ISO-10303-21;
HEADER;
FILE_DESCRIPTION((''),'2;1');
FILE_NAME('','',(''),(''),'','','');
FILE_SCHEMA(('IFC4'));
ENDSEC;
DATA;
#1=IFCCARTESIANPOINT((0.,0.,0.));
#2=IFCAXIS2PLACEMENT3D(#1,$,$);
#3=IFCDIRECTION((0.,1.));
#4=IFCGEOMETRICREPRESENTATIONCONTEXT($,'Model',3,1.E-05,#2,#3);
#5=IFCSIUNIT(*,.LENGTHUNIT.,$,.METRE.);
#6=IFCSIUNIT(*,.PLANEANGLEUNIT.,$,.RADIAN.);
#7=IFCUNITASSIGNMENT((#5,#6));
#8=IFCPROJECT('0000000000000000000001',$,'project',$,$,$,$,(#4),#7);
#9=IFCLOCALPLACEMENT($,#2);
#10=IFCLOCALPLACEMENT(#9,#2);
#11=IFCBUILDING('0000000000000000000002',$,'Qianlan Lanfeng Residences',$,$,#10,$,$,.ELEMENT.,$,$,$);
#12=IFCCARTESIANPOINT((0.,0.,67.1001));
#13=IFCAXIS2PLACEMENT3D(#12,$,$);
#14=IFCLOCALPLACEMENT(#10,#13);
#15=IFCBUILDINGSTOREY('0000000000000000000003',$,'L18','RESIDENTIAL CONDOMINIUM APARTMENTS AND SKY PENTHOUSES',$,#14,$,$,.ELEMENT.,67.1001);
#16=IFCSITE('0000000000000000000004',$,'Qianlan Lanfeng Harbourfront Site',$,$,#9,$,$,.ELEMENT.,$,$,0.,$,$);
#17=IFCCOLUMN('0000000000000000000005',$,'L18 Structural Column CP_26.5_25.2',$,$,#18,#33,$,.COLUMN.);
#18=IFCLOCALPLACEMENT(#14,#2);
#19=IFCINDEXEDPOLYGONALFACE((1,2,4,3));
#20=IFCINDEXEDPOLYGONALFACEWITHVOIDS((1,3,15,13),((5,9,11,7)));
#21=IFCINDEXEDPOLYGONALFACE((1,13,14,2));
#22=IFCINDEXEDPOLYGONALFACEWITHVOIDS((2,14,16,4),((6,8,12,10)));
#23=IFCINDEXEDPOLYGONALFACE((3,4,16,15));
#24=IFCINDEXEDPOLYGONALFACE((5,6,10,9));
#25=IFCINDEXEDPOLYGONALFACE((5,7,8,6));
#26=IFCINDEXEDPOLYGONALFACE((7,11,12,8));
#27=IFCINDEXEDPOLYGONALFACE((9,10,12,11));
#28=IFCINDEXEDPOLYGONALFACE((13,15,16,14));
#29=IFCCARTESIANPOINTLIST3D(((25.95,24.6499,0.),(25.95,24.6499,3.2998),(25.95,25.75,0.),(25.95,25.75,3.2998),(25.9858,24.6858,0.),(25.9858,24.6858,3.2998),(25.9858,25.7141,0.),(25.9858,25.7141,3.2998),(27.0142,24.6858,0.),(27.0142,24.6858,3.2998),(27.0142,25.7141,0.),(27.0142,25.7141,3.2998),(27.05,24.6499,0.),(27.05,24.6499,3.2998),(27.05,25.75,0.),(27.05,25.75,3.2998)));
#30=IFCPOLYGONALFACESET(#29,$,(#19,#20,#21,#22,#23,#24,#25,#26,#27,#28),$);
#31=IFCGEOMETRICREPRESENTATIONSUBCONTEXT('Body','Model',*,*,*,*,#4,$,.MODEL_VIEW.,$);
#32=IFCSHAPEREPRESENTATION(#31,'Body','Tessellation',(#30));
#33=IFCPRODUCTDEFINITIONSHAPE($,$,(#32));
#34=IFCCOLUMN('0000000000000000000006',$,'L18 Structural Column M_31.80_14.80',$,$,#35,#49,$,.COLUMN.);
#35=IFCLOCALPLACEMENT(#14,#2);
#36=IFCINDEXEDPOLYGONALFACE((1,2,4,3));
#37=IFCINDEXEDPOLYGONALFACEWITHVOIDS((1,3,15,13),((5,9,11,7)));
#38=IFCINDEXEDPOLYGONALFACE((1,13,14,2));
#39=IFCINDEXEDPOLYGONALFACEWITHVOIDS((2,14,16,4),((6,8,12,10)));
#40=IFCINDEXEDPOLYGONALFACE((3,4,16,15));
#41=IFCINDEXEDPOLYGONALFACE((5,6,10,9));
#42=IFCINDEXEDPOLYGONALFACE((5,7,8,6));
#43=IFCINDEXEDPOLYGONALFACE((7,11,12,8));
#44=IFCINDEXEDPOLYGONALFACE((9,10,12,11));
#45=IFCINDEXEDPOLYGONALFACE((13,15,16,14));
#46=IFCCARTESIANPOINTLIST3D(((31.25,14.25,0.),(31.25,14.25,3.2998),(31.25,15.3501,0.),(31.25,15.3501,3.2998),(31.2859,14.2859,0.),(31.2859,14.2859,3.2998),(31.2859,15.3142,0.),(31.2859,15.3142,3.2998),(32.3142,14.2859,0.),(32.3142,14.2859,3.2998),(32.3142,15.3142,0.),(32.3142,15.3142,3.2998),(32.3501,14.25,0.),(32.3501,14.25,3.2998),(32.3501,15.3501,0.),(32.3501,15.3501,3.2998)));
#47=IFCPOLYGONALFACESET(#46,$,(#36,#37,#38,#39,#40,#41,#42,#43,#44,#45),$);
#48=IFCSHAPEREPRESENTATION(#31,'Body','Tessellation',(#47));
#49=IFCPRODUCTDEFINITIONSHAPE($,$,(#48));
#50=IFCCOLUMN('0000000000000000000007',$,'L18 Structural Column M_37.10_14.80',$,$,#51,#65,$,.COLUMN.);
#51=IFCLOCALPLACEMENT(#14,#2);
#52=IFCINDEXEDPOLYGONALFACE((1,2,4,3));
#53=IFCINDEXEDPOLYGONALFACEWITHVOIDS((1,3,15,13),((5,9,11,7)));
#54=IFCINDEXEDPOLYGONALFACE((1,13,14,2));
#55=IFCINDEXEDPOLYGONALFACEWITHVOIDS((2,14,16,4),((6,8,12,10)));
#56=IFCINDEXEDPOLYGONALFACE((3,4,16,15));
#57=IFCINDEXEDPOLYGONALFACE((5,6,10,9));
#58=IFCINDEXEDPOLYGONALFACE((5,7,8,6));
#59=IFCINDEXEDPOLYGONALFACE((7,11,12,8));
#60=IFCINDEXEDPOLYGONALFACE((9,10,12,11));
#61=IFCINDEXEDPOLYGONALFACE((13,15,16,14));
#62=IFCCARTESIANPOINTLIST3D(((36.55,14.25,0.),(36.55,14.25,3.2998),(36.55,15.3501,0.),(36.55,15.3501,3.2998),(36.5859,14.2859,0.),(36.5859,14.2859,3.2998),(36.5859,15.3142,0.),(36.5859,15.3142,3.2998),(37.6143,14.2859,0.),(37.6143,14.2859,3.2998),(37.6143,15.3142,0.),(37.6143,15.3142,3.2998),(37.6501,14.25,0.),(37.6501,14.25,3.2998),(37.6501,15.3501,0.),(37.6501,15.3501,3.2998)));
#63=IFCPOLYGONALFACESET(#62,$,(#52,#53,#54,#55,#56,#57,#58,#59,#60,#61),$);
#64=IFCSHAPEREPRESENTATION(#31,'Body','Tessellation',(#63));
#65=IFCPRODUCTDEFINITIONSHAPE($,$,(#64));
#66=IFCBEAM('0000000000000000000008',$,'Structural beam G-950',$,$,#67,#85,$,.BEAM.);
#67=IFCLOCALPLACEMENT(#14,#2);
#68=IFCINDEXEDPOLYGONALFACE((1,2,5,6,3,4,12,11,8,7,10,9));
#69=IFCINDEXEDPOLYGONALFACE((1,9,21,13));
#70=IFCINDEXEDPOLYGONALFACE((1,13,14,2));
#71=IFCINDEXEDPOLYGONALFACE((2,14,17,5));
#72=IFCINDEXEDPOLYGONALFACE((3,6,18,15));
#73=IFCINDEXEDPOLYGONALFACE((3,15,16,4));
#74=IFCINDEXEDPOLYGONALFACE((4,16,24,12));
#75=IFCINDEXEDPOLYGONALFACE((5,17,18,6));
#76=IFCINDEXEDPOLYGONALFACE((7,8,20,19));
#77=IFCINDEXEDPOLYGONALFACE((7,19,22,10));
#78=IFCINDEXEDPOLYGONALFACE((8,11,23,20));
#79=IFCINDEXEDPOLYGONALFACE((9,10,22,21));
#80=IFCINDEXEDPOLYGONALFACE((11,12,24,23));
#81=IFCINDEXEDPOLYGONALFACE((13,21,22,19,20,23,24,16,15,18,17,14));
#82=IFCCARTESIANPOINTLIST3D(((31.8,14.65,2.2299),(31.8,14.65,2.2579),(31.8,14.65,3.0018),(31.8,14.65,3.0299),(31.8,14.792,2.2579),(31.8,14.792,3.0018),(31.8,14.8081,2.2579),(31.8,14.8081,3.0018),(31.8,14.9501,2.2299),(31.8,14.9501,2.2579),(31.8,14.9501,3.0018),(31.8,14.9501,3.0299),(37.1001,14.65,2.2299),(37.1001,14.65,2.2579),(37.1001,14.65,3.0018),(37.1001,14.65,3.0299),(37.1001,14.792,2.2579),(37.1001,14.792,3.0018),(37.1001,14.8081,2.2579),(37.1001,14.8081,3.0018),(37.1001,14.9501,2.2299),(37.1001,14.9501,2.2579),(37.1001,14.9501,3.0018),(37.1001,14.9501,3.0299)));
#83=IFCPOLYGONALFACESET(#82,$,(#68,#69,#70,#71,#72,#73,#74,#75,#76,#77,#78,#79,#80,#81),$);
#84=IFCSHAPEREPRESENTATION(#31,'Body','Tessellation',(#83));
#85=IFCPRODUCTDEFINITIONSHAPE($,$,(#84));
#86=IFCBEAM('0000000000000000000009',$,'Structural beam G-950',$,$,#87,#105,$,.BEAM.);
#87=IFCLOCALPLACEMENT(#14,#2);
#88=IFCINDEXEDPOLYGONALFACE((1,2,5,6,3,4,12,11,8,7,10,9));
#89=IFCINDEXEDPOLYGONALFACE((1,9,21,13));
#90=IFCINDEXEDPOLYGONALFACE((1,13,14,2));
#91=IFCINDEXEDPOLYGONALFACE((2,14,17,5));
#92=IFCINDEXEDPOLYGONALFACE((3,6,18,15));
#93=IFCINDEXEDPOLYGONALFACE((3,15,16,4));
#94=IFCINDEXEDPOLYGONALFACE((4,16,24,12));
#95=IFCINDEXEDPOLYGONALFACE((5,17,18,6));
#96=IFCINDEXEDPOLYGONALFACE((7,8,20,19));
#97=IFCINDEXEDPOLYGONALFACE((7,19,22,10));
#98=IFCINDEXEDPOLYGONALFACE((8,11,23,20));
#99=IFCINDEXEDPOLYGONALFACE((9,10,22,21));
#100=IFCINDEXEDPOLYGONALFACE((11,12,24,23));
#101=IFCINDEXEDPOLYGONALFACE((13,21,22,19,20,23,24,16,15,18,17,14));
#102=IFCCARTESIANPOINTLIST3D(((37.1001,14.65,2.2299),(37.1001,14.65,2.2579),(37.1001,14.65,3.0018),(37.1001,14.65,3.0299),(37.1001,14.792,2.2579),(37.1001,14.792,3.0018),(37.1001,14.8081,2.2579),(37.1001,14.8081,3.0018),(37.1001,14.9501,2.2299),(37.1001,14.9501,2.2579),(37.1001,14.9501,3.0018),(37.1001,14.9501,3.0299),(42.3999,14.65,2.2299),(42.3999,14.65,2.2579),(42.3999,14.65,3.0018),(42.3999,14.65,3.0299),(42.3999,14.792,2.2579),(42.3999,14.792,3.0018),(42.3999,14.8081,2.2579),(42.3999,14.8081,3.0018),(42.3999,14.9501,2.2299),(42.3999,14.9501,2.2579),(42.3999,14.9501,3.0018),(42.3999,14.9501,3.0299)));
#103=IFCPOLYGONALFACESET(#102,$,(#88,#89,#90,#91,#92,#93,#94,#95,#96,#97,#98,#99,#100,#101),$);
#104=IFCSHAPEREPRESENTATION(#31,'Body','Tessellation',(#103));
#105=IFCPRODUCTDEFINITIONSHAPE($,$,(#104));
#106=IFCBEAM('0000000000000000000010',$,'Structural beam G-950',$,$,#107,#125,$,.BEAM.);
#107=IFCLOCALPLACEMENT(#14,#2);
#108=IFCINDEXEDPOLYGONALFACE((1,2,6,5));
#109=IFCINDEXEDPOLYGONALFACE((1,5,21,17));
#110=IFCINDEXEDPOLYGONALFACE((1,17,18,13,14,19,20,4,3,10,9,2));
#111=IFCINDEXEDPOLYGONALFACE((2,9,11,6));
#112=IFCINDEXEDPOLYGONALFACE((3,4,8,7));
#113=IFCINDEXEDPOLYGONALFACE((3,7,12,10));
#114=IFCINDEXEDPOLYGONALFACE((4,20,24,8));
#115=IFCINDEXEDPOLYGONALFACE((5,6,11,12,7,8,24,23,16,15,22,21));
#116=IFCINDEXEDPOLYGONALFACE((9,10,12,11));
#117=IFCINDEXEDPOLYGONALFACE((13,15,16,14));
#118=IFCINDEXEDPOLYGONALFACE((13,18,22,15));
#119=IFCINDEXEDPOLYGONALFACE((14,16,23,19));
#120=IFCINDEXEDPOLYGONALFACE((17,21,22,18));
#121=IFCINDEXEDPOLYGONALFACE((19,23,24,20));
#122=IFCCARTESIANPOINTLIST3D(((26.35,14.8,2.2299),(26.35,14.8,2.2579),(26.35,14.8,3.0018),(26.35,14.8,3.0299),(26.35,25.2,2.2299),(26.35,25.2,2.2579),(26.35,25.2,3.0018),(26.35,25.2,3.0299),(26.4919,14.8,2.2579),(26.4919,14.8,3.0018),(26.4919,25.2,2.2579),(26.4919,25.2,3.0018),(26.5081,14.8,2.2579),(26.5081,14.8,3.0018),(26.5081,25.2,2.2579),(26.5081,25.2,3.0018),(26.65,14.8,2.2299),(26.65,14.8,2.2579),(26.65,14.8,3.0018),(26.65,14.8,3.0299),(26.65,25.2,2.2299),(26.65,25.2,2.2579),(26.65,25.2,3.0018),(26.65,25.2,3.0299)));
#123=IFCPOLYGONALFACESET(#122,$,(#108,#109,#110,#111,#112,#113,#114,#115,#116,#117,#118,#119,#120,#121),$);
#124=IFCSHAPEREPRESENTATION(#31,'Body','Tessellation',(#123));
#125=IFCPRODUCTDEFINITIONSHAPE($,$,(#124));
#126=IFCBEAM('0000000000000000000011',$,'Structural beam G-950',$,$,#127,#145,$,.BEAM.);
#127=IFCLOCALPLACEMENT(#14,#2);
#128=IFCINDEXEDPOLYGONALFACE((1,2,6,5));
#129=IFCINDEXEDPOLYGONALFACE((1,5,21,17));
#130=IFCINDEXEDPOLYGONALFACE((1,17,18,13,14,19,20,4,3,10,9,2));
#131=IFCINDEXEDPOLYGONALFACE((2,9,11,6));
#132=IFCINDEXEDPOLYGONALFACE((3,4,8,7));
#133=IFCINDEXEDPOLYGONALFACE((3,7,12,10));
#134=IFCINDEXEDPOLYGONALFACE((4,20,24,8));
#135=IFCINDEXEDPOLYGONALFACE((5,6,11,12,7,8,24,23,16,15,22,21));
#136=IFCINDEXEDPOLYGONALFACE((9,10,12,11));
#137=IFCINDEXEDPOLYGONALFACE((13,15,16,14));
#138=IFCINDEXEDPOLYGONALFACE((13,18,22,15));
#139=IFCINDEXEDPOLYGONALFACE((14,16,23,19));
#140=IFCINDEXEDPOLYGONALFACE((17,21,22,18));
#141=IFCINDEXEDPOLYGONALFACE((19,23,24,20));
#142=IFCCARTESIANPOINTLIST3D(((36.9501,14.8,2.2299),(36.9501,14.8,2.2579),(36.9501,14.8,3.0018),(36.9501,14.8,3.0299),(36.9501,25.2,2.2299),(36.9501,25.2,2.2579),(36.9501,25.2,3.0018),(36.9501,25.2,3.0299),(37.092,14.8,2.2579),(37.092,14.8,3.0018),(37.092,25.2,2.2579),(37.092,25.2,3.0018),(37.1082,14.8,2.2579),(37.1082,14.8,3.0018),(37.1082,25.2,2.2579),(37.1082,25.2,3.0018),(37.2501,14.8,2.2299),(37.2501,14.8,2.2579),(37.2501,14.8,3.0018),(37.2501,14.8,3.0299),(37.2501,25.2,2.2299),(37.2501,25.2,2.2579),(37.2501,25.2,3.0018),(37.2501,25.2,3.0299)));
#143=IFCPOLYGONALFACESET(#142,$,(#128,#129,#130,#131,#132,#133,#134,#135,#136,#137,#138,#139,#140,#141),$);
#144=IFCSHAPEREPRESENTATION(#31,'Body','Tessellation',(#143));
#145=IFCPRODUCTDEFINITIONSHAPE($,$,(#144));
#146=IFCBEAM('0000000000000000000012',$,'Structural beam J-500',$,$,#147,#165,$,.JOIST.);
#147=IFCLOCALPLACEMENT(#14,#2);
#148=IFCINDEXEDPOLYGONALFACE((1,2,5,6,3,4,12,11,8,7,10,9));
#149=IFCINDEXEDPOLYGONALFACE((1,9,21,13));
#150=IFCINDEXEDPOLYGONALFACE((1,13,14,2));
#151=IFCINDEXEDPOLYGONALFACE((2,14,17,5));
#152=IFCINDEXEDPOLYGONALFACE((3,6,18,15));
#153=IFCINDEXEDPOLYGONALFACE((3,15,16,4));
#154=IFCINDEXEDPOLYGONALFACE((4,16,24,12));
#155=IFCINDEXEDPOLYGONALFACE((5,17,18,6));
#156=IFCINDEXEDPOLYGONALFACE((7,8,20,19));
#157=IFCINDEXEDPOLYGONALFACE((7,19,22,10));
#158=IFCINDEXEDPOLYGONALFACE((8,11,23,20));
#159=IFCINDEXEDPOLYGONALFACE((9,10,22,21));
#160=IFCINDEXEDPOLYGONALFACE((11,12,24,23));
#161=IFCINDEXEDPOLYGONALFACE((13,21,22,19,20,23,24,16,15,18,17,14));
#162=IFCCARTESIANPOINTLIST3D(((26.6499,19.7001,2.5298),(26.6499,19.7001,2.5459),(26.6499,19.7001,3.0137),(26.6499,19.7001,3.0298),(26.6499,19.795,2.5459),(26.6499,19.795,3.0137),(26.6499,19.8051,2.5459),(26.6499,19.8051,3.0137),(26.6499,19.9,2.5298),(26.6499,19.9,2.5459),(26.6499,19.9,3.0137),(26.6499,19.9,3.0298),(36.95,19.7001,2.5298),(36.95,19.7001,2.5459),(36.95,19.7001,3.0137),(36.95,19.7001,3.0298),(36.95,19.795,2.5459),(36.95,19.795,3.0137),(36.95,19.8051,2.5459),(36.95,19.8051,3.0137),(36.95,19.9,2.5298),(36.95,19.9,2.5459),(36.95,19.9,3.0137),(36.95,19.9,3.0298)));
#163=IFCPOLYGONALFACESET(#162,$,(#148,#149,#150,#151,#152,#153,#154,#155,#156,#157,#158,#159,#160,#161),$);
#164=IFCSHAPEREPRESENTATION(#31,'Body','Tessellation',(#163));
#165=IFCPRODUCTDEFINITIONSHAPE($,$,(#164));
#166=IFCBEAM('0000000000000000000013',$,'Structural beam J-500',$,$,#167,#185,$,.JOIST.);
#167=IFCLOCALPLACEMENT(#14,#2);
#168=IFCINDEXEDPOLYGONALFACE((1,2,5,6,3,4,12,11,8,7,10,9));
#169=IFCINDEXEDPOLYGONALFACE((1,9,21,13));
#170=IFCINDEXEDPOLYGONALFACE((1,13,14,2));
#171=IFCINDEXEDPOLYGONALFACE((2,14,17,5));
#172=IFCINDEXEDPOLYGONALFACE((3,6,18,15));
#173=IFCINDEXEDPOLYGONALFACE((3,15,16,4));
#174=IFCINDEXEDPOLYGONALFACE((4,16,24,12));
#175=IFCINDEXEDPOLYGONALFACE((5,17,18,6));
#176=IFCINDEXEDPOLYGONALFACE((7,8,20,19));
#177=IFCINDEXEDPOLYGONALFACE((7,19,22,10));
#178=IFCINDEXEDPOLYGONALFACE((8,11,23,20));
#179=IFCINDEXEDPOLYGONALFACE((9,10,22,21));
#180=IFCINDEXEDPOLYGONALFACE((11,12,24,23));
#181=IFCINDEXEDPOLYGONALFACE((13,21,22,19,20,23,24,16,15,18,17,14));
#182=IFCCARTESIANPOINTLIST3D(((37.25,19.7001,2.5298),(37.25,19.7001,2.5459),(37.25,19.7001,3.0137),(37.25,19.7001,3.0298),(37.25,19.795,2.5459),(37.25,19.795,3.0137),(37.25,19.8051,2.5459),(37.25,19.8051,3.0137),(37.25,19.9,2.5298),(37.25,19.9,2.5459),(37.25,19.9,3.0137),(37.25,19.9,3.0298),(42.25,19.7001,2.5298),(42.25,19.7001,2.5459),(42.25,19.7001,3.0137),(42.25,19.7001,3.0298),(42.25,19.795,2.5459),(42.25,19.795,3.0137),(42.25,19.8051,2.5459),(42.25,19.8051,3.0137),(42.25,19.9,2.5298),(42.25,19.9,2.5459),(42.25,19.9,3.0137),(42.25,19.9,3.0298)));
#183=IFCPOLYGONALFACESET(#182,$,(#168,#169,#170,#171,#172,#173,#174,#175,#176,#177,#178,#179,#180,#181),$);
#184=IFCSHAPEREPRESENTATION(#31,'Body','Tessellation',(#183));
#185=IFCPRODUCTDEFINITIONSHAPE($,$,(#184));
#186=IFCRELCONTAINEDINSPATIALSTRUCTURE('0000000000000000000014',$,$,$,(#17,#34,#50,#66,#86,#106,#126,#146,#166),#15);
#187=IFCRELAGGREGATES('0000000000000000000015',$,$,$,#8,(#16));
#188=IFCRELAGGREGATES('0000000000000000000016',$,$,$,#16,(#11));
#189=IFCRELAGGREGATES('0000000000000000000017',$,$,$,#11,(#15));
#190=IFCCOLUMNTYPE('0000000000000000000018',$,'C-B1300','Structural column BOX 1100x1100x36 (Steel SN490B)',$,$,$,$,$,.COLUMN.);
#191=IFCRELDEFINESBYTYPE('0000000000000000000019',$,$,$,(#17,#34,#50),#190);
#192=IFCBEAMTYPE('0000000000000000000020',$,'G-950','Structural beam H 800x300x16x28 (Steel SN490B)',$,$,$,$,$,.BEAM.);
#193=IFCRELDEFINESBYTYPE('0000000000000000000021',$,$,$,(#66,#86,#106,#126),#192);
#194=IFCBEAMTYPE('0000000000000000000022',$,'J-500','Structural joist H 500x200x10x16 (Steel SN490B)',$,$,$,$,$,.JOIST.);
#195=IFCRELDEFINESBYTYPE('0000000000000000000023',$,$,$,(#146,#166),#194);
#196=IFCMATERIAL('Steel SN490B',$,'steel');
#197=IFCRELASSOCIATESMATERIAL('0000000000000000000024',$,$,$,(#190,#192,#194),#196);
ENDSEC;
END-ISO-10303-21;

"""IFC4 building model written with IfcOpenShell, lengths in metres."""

from ifc_helpers import new_model, si_unit, direction, frame, origin, origin_2d, place, context, subcontext, project, spatial, hollow_rectangle, i_section, extrude, material, material_profile, profile_set, type_object, element, save


model = new_model("IFC4")

# Units and contexts
model_context = context("Model", 3, precision=1e-05, world=origin(), true_north=direction((0.0, 1.0)))
body_context = subcontext(model_context, "Body", "Model", "MODEL_VIEW")
ifc_project = project(units=[si_unit("LENGTHUNIT", "METRE"), si_unit("PLANEANGLEUNIT", "RADIAN")], contexts=[model_context])

# Site, building, storey
site_placement = place(None, origin())
site = spatial("IfcSite", under=ifc_project, at=site_placement, Name="Qianlan Lanfeng Harbourfront Site", CompositionType="ELEMENT", RefElevation=0.0)
building_placement = place(site_placement, origin())
building = spatial("IfcBuilding", under=site, at=building_placement, Name="Qianlan Lanfeng Residences", CompositionType="ELEMENT")
storey_placement = place(building_placement, frame((0.0, 0.0, 67.1001)))
storey = spatial("IfcBuildingStorey", under=building, at=storey_placement, Name="L18", Description="RESIDENTIAL CONDOMINIUM APARTMENTS AND SKY PENTHOUSES", CompositionType="ELEMENT", Elevation=67.1001)

# Columns
ifc_material_1 = material(Name="Steel SN490B", Category="steel")
ifc_material_profile_1 = material_profile(ifc_material_1, hollow_rectangle(XDim=1.1001, YDim=1.1001, WallThickness=0.0359, at=origin_2d()), Name="BOX 1100x1100x36")
ifc_profile_set_1 = profile_set([ifc_material_profile_1], Name="Steel SN490B")
column_type = type_object("IfcColumnType", Name="C-B1300", Description="Structural column BOX 1100x1100x36 (Steel SN490B)", PredefinedType="COLUMN", material=ifc_profile_set_1)
for number, where, z_axis, x_axis, name in (
    (1, (26.5, 25.2, 0.0), (0.0, 0.0, 1.0), (1.0, 0.0, 0.0), "L18 Structural Column CP_26.5_25.2"),
    (2, (31.8, 14.8, 0.0), (0.0, 0.0, 1.0), (1.0, 0.0, 0.0), "L18 Structural Column M_31.80_14.80"),
    (3, (37.1001, 14.8, 0.0), (0.0, 0.0, 1.0), (1.0, 0.0, 0.0), "L18 Structural Column M_37.10_14.80"),
):
    element("IfcColumn", number, at=place(storey_placement, frame(where, z_axis=z_axis, x_axis=x_axis)), inside=storey, type_object=column_type, Name=name, PredefinedType="COLUMN", context=body_context, shape_type="SweptSolid", body=[
        extrude(hollow_rectangle(XDim=1.1001, YDim=1.1001, WallThickness=0.0359, at=origin_2d()), origin(), (0.0, 0.0, 1.0), 3.2998),
    ])

# Beams
ifc_material_profile_2 = material_profile(ifc_material_1, i_section(OverallWidth=0.3, OverallDepth=0.8, WebThickness=0.0161, FlangeThickness=0.0281, at=origin_2d()), Name="H 800x300x16x28")
ifc_profile_set_2 = profile_set([ifc_material_profile_2], Name="Steel SN490B")
beam_type_1 = type_object("IfcBeamType", Name="G-950", Description="Structural beam H 800x300x16x28 (Steel SN490B)", PredefinedType="BEAM", material=ifc_profile_set_2)
beam_1_placement = place(storey_placement, frame((31.8, 14.8, 2.6299), z_axis=(1.0, 0.0, 0.0), x_axis=(0.0, 1.0, 0.0)))
element("IfcBeam", 4, at=beam_1_placement, inside=storey, type_object=beam_type_1, Name="Structural beam G-950", PredefinedType="BEAM", context=body_context, shape_type="SweptSolid", body=[
    extrude(i_section(OverallWidth=0.3, OverallDepth=0.8, WebThickness=0.0161, FlangeThickness=0.0281, at=origin_2d()), origin(), (0.0, 0.0, 1.0), 5.3),
])
beam_2_placement = place(storey_placement, frame((37.1001, 14.8, 2.6299), z_axis=(1.0, 0.0, 0.0), x_axis=(0.0, 1.0, 0.0)))
element("IfcBeam", 5, at=beam_2_placement, inside=storey, type_object=beam_type_1, Name="Structural beam G-950", PredefinedType="BEAM", context=body_context, shape_type="SweptSolid", body=[
    extrude(i_section(OverallWidth=0.3, OverallDepth=0.8, WebThickness=0.0161, FlangeThickness=0.0281, at=origin_2d()), origin(), (0.0, 0.0, 1.0), 5.2998),
])
for number, where, z_axis, x_axis, name in (
    (6, (26.5, 14.8, 2.6299), (0.0, 1.0, 0.0), (-1.0, 0.0, 0.0), "Structural beam G-950"),
    (7, (37.1001, 14.8, 2.6299), (0.0, 1.0, 0.0), (-1.0, 0.0, 0.0), "Structural beam G-950"),
):
    element("IfcBeam", number, at=place(storey_placement, frame(where, z_axis=z_axis, x_axis=x_axis)), inside=storey, type_object=beam_type_1, Name=name, PredefinedType="BEAM", context=body_context, shape_type="SweptSolid", body=[
        extrude(i_section(OverallWidth=0.3, OverallDepth=0.8, WebThickness=0.0161, FlangeThickness=0.0281, at=origin_2d()), origin(), (0.0, 0.0, 1.0), 10.3999),
    ])
ifc_material_profile_3 = material_profile(ifc_material_1, i_section(OverallWidth=0.2, OverallDepth=0.5, WebThickness=0.01, FlangeThickness=0.0161, at=origin_2d()), Name="H 500x200x10x16")
ifc_profile_set_3 = profile_set([ifc_material_profile_3], Name="Steel SN490B")
beam_type_2 = type_object("IfcBeamType", Name="J-500", Description="Structural joist H 500x200x10x16 (Steel SN490B)", PredefinedType="JOIST", material=ifc_profile_set_3)
beam_3_placement = place(storey_placement, frame((26.6499, 19.8, 2.7798), z_axis=(1.0, 0.0, 0.0), x_axis=(0.0, 1.0, 0.0)))
element("IfcBeam", 8, at=beam_3_placement, inside=storey, type_object=beam_type_2, Name="Structural beam J-500", PredefinedType="JOIST", context=body_context, shape_type="SweptSolid", body=[
    extrude(i_section(OverallWidth=0.2, OverallDepth=0.5, WebThickness=0.01, FlangeThickness=0.0161, at=origin_2d()), origin(), (0.0, 0.0, 1.0), 10.3),
])
beam_4_placement = place(storey_placement, frame((37.25, 19.8, 2.7798), z_axis=(1.0, 0.0, 0.0), x_axis=(0.0, 1.0, 0.0)))
element("IfcBeam", 9, at=beam_4_placement, inside=storey, type_object=beam_type_2, Name="Structural beam J-500", PredefinedType="JOIST", context=body_context, shape_type="SweptSolid", body=[
    extrude(i_section(OverallWidth=0.2, OverallDepth=0.5, WebThickness=0.01, FlangeThickness=0.0161, at=origin_2d()), origin(), (0.0, 0.0, 1.0), 5.0),
])

save(model, "model.ifc")
